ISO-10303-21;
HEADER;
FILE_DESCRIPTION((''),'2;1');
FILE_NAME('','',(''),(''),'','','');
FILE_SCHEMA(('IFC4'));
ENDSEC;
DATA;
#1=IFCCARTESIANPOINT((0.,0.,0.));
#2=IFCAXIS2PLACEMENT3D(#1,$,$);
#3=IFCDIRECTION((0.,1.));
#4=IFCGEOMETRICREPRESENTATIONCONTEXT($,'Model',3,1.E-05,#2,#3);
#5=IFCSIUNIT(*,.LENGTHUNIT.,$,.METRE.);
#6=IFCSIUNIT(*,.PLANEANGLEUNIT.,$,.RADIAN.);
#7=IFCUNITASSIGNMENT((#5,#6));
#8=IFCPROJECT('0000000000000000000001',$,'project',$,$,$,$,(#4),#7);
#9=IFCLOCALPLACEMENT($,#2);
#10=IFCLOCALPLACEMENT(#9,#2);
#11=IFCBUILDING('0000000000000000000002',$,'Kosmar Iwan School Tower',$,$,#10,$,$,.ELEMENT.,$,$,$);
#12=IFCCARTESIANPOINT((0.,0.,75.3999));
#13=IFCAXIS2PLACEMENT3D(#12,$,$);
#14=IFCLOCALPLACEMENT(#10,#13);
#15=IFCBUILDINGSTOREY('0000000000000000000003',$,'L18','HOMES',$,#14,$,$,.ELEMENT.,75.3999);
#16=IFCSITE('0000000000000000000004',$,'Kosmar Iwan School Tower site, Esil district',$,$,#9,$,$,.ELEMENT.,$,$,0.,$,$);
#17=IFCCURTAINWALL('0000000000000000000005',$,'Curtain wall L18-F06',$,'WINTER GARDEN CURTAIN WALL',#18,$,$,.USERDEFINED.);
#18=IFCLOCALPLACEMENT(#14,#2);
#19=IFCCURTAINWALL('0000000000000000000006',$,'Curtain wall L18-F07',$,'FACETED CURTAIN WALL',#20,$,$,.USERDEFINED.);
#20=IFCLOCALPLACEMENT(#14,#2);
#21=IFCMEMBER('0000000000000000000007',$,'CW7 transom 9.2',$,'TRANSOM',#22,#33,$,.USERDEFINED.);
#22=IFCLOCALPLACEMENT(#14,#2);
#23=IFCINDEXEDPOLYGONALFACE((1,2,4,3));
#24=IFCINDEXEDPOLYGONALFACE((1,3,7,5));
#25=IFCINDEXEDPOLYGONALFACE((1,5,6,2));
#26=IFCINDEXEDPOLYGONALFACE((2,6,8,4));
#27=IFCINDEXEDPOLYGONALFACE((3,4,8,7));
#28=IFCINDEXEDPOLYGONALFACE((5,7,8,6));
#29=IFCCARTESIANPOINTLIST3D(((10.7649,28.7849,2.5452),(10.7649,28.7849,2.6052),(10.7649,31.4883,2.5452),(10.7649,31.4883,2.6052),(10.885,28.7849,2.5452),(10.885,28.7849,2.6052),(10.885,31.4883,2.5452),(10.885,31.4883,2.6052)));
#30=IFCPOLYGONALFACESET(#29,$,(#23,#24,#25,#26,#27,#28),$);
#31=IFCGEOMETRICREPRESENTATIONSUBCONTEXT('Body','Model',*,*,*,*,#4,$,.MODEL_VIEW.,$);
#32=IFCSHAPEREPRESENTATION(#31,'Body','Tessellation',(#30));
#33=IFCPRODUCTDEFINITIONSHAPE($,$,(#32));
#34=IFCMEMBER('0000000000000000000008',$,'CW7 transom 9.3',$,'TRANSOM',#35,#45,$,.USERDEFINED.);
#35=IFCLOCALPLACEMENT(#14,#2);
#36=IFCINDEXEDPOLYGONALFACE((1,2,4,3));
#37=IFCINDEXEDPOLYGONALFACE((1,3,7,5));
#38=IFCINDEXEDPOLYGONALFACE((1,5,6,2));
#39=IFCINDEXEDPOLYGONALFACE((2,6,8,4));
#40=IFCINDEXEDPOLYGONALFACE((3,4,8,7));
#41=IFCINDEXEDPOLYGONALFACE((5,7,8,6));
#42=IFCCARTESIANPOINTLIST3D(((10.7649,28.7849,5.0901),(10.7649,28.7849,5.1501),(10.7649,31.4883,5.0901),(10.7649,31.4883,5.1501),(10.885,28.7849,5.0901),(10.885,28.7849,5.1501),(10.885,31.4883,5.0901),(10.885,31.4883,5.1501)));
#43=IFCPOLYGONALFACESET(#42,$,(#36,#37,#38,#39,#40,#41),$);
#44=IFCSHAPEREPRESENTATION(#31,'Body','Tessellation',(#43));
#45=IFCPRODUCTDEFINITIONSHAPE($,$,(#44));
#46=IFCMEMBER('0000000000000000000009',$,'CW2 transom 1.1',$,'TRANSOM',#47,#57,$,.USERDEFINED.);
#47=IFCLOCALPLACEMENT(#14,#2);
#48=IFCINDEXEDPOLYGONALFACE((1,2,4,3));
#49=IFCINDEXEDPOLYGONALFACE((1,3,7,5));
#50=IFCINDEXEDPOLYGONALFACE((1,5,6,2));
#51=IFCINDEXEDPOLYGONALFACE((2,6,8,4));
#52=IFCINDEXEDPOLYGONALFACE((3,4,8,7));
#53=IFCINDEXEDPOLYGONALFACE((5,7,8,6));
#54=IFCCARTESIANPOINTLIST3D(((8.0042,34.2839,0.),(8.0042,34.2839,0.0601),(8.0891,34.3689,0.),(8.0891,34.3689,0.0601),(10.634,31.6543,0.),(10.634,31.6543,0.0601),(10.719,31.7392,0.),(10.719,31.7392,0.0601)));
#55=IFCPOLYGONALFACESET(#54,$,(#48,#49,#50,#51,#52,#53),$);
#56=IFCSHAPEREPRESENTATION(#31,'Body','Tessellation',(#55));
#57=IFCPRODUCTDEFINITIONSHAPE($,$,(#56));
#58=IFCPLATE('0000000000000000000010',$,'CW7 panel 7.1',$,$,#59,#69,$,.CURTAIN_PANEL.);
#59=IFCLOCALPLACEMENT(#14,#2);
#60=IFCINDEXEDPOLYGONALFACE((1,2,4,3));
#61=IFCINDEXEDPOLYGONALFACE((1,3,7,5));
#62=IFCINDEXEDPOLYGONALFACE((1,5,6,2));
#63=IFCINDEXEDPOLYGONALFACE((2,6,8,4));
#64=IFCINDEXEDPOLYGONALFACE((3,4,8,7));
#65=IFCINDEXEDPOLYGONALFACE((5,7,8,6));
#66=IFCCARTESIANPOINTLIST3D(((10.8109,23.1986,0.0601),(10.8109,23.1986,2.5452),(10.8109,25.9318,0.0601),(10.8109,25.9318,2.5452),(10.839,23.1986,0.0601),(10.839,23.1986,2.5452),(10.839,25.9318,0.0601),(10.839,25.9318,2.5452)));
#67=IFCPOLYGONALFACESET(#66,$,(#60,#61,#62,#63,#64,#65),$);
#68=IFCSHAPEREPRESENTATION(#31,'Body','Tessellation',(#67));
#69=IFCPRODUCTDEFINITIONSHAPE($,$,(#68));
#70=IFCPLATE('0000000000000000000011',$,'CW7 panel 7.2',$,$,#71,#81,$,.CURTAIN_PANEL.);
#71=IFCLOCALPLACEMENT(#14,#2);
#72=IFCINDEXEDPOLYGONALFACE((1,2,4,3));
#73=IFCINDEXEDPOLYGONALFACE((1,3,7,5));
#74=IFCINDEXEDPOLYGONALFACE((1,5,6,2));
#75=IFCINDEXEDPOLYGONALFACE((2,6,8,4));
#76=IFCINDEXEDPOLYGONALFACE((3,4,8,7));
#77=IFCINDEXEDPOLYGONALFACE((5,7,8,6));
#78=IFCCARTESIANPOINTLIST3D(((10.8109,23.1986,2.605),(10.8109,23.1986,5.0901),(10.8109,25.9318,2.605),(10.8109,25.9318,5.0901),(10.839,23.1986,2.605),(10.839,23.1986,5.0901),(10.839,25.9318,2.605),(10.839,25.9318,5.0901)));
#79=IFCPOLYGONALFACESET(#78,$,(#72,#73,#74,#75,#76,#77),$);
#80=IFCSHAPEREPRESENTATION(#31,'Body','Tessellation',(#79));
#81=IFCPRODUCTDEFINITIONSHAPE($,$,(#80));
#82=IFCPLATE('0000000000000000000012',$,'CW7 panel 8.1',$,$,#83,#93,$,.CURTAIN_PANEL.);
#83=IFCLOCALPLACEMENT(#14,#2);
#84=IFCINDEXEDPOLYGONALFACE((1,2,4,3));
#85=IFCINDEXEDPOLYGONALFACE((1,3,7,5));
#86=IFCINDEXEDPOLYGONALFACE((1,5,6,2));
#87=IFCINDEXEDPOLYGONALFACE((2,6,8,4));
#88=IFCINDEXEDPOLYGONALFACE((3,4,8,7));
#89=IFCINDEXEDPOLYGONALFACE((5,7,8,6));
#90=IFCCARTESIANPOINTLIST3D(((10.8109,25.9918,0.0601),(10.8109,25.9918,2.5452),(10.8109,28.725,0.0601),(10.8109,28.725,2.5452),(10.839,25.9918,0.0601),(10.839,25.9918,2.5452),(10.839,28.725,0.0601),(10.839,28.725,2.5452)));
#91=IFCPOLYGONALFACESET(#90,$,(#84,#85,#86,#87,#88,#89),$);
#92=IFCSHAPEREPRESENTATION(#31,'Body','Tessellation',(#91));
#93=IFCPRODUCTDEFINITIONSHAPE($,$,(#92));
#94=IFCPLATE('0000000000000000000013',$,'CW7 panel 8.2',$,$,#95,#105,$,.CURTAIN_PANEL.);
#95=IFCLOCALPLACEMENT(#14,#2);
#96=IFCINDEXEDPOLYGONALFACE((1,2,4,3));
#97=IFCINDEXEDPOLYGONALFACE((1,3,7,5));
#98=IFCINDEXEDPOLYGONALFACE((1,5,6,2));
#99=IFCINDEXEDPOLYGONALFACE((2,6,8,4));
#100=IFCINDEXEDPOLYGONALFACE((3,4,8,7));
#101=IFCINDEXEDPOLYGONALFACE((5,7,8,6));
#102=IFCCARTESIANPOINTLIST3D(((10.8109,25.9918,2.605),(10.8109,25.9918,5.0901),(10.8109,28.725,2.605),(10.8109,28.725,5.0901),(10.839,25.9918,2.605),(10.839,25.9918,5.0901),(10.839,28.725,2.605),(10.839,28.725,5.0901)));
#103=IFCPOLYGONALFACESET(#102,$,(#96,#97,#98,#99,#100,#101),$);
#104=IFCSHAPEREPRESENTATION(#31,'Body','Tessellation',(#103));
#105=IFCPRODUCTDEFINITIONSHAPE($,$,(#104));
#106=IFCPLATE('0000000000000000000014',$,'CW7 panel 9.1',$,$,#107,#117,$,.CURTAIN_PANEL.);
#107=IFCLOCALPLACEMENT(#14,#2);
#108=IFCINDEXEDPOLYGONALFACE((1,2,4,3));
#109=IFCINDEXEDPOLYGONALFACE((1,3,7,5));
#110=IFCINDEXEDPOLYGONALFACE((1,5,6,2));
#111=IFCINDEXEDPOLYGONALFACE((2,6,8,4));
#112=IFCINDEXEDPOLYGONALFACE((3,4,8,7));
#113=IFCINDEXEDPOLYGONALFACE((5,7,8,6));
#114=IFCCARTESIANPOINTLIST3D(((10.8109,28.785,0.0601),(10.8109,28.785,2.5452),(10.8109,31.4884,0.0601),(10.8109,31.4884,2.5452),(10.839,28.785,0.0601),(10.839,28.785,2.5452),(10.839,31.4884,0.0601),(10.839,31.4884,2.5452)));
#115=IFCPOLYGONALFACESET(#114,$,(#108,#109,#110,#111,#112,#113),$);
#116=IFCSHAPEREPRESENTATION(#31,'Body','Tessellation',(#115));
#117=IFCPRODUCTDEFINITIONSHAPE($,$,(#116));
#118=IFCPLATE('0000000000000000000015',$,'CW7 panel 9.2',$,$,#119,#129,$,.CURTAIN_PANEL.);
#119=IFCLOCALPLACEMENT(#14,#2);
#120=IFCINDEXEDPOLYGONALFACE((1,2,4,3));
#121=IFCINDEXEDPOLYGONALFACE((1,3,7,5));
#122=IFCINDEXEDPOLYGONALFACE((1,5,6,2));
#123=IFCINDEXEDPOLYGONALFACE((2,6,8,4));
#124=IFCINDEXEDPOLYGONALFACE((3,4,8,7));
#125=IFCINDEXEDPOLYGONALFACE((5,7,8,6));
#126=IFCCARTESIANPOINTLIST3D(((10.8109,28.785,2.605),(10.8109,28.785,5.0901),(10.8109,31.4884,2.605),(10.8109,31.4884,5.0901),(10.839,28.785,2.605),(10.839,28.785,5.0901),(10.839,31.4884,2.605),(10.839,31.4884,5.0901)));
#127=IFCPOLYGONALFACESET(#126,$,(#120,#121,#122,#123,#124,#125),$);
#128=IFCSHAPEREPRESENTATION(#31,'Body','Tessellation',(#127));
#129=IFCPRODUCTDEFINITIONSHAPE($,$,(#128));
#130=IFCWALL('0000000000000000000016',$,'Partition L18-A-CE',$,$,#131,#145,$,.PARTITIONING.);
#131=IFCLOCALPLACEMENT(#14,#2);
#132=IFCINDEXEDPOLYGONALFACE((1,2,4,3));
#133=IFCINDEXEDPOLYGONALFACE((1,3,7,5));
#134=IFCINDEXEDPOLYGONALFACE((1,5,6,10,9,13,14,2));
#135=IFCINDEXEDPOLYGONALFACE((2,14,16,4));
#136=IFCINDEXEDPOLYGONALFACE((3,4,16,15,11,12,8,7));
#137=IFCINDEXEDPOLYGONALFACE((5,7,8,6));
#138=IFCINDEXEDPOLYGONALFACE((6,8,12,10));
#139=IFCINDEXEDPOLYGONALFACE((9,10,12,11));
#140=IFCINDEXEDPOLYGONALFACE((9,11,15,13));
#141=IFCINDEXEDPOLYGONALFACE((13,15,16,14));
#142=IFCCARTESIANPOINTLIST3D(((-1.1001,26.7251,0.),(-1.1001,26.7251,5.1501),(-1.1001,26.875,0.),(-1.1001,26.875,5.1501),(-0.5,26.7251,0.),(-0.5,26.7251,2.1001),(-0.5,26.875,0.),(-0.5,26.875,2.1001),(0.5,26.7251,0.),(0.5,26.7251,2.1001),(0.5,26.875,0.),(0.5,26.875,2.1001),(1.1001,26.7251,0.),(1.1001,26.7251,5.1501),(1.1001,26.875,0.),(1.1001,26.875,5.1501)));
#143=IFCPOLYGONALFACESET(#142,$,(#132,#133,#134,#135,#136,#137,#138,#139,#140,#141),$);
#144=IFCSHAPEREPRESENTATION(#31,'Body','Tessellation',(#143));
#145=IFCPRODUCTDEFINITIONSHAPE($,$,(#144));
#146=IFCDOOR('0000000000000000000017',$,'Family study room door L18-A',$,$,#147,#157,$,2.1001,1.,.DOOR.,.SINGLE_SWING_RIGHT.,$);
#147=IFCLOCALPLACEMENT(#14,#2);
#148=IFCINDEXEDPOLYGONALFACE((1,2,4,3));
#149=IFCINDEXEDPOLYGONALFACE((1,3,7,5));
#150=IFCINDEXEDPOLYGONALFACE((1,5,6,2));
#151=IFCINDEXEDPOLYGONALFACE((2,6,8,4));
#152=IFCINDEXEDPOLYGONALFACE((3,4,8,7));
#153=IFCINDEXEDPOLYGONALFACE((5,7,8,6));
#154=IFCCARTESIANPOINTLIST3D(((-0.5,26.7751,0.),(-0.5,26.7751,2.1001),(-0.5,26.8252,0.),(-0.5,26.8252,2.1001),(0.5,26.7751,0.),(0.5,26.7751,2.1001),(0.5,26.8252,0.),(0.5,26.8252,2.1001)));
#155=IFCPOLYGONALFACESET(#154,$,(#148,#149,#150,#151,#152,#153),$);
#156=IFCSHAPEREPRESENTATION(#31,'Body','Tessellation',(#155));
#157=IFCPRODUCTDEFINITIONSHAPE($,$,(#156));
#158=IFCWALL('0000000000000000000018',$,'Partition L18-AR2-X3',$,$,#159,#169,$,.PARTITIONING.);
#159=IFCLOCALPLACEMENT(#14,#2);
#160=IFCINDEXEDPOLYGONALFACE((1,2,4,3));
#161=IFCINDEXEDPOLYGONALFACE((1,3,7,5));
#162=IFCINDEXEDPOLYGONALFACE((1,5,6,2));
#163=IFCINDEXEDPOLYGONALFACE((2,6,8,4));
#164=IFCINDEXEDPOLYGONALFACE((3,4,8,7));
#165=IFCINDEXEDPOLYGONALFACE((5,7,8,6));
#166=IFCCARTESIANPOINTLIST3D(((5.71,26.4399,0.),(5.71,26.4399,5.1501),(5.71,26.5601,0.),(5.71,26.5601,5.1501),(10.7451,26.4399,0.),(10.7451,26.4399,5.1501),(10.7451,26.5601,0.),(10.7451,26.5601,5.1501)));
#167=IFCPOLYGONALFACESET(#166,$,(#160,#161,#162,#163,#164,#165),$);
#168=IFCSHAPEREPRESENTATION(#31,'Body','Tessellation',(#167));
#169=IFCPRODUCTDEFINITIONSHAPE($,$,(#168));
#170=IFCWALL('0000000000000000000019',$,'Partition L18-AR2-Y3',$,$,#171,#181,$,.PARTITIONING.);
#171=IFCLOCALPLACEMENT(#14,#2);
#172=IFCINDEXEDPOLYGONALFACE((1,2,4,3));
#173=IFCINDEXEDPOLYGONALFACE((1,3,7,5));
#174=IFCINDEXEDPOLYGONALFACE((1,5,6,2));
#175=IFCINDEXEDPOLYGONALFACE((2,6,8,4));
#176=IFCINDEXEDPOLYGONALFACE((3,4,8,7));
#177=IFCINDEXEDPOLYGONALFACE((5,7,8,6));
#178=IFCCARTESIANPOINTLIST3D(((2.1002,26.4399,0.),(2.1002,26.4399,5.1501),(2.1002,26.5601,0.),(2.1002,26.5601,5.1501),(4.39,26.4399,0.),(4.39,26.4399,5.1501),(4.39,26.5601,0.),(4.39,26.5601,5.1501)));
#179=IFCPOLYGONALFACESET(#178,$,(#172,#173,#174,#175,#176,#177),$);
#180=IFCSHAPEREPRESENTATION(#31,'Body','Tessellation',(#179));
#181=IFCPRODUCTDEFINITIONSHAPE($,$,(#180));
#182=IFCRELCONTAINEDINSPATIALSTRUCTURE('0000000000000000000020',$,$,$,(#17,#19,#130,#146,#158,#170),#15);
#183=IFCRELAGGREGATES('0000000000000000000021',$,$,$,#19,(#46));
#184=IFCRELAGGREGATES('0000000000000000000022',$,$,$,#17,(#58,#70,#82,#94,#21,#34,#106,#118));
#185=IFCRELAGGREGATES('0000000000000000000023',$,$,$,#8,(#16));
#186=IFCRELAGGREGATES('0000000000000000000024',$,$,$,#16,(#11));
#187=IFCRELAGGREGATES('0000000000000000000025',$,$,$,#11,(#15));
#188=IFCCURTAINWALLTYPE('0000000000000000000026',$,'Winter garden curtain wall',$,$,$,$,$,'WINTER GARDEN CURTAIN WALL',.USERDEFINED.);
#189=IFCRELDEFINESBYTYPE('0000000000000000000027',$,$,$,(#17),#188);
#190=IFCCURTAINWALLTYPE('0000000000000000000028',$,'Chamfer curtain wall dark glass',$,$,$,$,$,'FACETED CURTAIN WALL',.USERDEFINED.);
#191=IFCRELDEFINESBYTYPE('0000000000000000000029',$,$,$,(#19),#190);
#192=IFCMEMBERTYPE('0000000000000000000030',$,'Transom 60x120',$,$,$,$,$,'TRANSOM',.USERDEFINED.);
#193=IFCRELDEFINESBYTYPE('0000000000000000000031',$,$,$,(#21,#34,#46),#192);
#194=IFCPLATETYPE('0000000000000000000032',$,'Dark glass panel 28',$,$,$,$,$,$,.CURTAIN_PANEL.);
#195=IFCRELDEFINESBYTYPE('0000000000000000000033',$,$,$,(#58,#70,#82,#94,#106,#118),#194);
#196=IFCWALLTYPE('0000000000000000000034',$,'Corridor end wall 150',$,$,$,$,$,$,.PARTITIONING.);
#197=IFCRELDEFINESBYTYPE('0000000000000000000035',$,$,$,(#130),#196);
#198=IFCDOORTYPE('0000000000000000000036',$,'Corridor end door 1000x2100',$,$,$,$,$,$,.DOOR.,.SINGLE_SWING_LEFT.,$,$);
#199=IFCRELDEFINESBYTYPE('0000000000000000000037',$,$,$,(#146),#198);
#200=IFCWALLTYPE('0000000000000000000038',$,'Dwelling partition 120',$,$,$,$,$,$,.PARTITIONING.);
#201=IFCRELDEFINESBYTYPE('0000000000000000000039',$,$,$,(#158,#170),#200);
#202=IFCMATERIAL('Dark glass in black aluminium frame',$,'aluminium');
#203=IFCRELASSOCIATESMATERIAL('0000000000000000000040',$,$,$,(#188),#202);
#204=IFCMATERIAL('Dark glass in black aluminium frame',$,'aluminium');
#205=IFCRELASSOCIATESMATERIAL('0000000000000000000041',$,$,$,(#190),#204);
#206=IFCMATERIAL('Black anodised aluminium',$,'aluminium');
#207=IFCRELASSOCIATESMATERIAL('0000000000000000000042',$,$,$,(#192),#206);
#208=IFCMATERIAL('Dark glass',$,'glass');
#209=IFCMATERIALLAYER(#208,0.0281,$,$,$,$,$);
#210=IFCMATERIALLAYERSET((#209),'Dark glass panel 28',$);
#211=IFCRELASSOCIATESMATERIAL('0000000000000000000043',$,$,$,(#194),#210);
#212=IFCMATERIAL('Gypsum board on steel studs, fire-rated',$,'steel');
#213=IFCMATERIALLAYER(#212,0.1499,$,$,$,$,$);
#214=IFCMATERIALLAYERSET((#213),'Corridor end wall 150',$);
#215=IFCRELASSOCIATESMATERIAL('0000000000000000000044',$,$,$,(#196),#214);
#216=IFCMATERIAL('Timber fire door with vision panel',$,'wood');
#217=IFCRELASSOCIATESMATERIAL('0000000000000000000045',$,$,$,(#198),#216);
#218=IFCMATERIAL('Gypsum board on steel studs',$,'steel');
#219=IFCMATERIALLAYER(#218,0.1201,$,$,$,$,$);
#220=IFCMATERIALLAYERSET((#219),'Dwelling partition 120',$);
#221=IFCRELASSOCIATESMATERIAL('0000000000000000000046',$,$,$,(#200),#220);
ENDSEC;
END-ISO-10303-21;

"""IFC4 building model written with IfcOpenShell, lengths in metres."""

from ifc_helpers import new_model, si_unit, direction, frame, frame_2d, origin, origin_2d, place, context, subcontext, project, spatial, rectangle, extrude, material, layer, layer_set, material_profile, profile_set, type_object, element, fill, aggregate, save


model = new_model("IFC4")

# Units and contexts
model_context = context("Model", 3, precision=1e-05, world=origin(), true_north=direction((0.0, 1.0)))
body_context = subcontext(model_context, "Body", "Model", "MODEL_VIEW")
ifc_project = project(units=[si_unit("LENGTHUNIT", "METRE"), si_unit("PLANEANGLEUNIT", "RADIAN")], contexts=[model_context])

# Site, building, storey
site_placement = place(None, origin())
site = spatial("IfcSite", under=ifc_project, at=site_placement, Name="Kosmar Iwan School Tower site, Esil district", CompositionType="ELEMENT", RefElevation=0.0)
building_placement = place(site_placement, origin())
building = spatial("IfcBuilding", under=site, at=building_placement, Name="Kosmar Iwan School Tower", CompositionType="ELEMENT")
storey_placement = place(building_placement, frame((0.0, 0.0, 75.3999)))
storey = spatial("IfcBuildingStorey", under=building, at=storey_placement, Name="L18", Description="HOMES", CompositionType="ELEMENT", Elevation=75.3999)

# Curtain wall
ifc_material_1 = material(Name="Dark glass in black aluminium frame", Category="aluminium")
curtain_wall_type_1 = type_object("IfcCurtainWallType", Name="Winter garden curtain wall", ElementType="WINTER GARDEN CURTAIN WALL", PredefinedType="USERDEFINED", material=ifc_material_1)
curtain_wall_1_placement = place(storey_placement, origin())
curtain_wall_1 = element("IfcCurtainWall", 1, at=curtain_wall_1_placement, inside=storey, type_object=curtain_wall_type_1, Name="Curtain wall L18-F06", ObjectType="WINTER GARDEN CURTAIN WALL", PredefinedType="USERDEFINED")

# Curtain wall
ifc_material_2 = material(Name="Dark glass in black aluminium frame", Category="aluminium")
curtain_wall_type_2 = type_object("IfcCurtainWallType", Name="Chamfer curtain wall dark glass", ElementType="FACETED CURTAIN WALL", PredefinedType="USERDEFINED", material=ifc_material_2)
curtain_wall_2_placement = place(storey_placement, origin())
curtain_wall_2 = element("IfcCurtainWall", 2, at=curtain_wall_2_placement, inside=storey, type_object=curtain_wall_type_2, Name="Curtain wall L18-F07", ObjectType="FACETED CURTAIN WALL", PredefinedType="USERDEFINED")

# Members
ifc_material_3 = material(Name="Black anodised aluminium", Category="aluminium")
ifc_material_profile_1 = material_profile(ifc_material_3, rectangle(XDim=0.1201, YDim=0.0601, at=origin_2d()), Name="TRANSOM 60x120")
ifc_profile_set_1 = profile_set([ifc_material_profile_1], Name="Black anodised aluminium")
member_type_1 = type_object("IfcMemberType", Name="Transom 60x120", ElementType="TRANSOM", PredefinedType="USERDEFINED", material=ifc_profile_set_1)
member_1_placement = place(storey_placement, frame((10.825, 28.7849, 2.5752), z_axis=(0.0, 1.0, 0.0), x_axis=(-1.0, 0.0, 0.0)))
member_1 = element("IfcMember", 3, at=member_1_placement, type_object=member_type_1, Name="CW7 transom 9.2", ObjectType="TRANSOM", PredefinedType="USERDEFINED", context=body_context, shape_type="SweptSolid", body=[
    extrude(rectangle(XDim=0.1201, YDim=0.0601, at=origin_2d()), origin(), (0.0, 0.0, 1.0), 2.7034),
])
member_2_placement = place(storey_placement, frame((10.825, 28.7849, 5.1201), z_axis=(0.0, 1.0, 0.0), x_axis=(-1.0, 0.0, 0.0)))
member_2 = element("IfcMember", 4, at=member_2_placement, type_object=member_type_1, Name="CW7 transom 9.3", ObjectType="TRANSOM", PredefinedType="USERDEFINED", context=body_context, shape_type="SweptSolid", body=[
    extrude(rectangle(XDim=0.1201, YDim=0.0601, at=origin_2d()), origin(), (0.0, 0.0, 1.0), 2.7034),
])
member_3_placement = place(storey_placement, frame((10.6765, 31.6968, 0.03), z_axis=(-0.70714, 0.707074, 0.0), x_axis=(-0.707074, -0.70714, 0.0)))
member_3 = element("IfcMember", 5, at=member_3_placement, type_object=member_type_1, Name="CW2 transom 1.1", ObjectType="TRANSOM", PredefinedType="USERDEFINED", context=body_context, shape_type="SweptSolid", body=[
    extrude(rectangle(XDim=0.1201, YDim=0.0601, at=origin_2d()), origin(), (0.0, 0.0, 1.0), 3.719),
])
aggregate(curtain_wall_2, [member_3])

# Plates
ifc_material_4 = material(Name="Dark glass", Category="glass")
ifc_layer_1 = layer(ifc_material_4, 0.0281)
ifc_layer_set_1 = layer_set([ifc_layer_1], Name="Dark glass panel 28")
plate_type = type_object("IfcPlateType", Name="Dark glass panel 28", PredefinedType="CURTAIN_PANEL", material=ifc_layer_set_1)
plate_1_placement = place(storey_placement, frame((10.825, 24.5652, 0.0601), z_axis=(0.0, 0.0, 1.0), x_axis=(0.0, 1.0, 0.0)))
plate_1 = element("IfcPlate", 6, at=plate_1_placement, type_object=plate_type, Name="CW7 panel 7.1", PredefinedType="CURTAIN_PANEL", context=body_context, shape_type="SweptSolid", body=[
    extrude(rectangle(XDim=2.7332, YDim=0.0281, at=origin_2d()), origin(), (0.0, 0.0, 1.0), 2.4851),
])
plate_2_placement = place(storey_placement, frame((10.825, 24.5652, 2.605), z_axis=(0.0, 0.0, 1.0), x_axis=(0.0, 1.0, 0.0)))
plate_2 = element("IfcPlate", 7, at=plate_2_placement, type_object=plate_type, Name="CW7 panel 7.2", PredefinedType="CURTAIN_PANEL", context=body_context, shape_type="SweptSolid", body=[
    extrude(rectangle(XDim=2.7332, YDim=0.0281, at=origin_2d()), origin(), (0.0, 0.0, 1.0), 2.4851),
])
plate_3_placement = place(storey_placement, frame((10.825, 27.3584, 0.0601), z_axis=(0.0, 0.0, 1.0), x_axis=(0.0, 1.0, 0.0)))
plate_3 = element("IfcPlate", 8, at=plate_3_placement, type_object=plate_type, Name="CW7 panel 8.1", PredefinedType="CURTAIN_PANEL", context=body_context, shape_type="SweptSolid", body=[
    extrude(rectangle(XDim=2.7332, YDim=0.0281, at=origin_2d()), origin(), (0.0, 0.0, 1.0), 2.4851),
])
plate_4_placement = place(storey_placement, frame((10.825, 27.3584, 2.605), z_axis=(0.0, 0.0, 1.0), x_axis=(0.0, 1.0, 0.0)))
plate_4 = element("IfcPlate", 9, at=plate_4_placement, type_object=plate_type, Name="CW7 panel 8.2", PredefinedType="CURTAIN_PANEL", context=body_context, shape_type="SweptSolid", body=[
    extrude(rectangle(XDim=2.7332, YDim=0.0281, at=origin_2d()), origin(), (0.0, 0.0, 1.0), 2.4851),
])
plate_5_placement = place(storey_placement, frame((10.825, 30.1367, 0.0601), z_axis=(0.0, 0.0, 1.0), x_axis=(0.0, 1.0, 0.0)))
plate_5 = element("IfcPlate", 10, at=plate_5_placement, type_object=plate_type, Name="CW7 panel 9.1", PredefinedType="CURTAIN_PANEL", context=body_context, shape_type="SweptSolid", body=[
    extrude(rectangle(XDim=2.7034, YDim=0.0281, at=origin_2d()), origin(), (0.0, 0.0, 1.0), 2.4851),
])
plate_6_placement = place(storey_placement, frame((10.825, 30.1367, 2.605), z_axis=(0.0, 0.0, 1.0), x_axis=(0.0, 1.0, 0.0)))
plate_6 = element("IfcPlate", 11, at=plate_6_placement, type_object=plate_type, Name="CW7 panel 9.2", PredefinedType="CURTAIN_PANEL", context=body_context, shape_type="SweptSolid", body=[
    extrude(rectangle(XDim=2.7034, YDim=0.0281, at=origin_2d()), origin(), (0.0, 0.0, 1.0), 2.4851),
])
aggregate(curtain_wall_1, [plate_1, plate_2, plate_3, plate_4, member_1, member_2, plate_5, plate_6])

# Wall, opening, door
ifc_material_5 = material(Name="Gypsum board on steel studs, fire-rated", Category="steel")
ifc_layer_2 = layer(ifc_material_5, 0.1499)
ifc_layer_set_2 = layer_set([ifc_layer_2], Name="Corridor end wall 150")
wall_type_1 = type_object("IfcWallType", Name="Corridor end wall 150", PredefinedType="PARTITIONING", material=ifc_layer_set_2)
wall_1_placement = place(storey_placement, frame((1.1001, 26.8, 0.0), z_axis=(0.0, 0.0, 1.0), x_axis=(-1.0, 0.0, 0.0)))
wall_1 = element("IfcWall", 12, at=wall_1_placement, inside=storey, type_object=wall_type_1, Name="Partition L18-A-CE", PredefinedType="PARTITIONING", context=body_context, shape_type="SweptSolid", body=[
    extrude(rectangle(XDim=2.2002, YDim=0.1499, at=frame_2d((1.1001, 0.0))), origin(), (0.0, 0.0, 1.0), 5.1501),
])
opening_placement = place(wall_1_placement, frame((0.6001, 0.0, 0.0)))
opening = element("IfcOpeningElement", 13, at=opening_placement, cuts=wall_1, PredefinedType="OPENING", context=body_context, shape_type="SweptSolid", body=[
    extrude(rectangle(XDim=1.0, YDim=2.1001, at=frame_2d((0.5, 1.05))), frame((0.0, 0.0869, 0.0), z_axis=(0.0, -1.0, 0.0), x_axis=(1.0, 0.0, 0.0)), (0.0, 0.0, 1.0), 0.1738),
])
ifc_material_6 = material(Name="Timber fire door with vision panel", Category="wood")
door_type = type_object("IfcDoorType", Name="Corridor end door 1000x2100", OperationType="SINGLE_SWING_LEFT", PredefinedType="DOOR", material=ifc_material_6)
door_placement = place(opening_placement, origin())
door = element("IfcDoor", 14, at=door_placement, inside=storey, type_object=door_type, Name="Family study room door L18-A", OperationType="SINGLE_SWING_RIGHT", OverallHeight=2.1001, OverallWidth=1.0, PredefinedType="DOOR", context=body_context, shape_type="SweptSolid", body=[
    extrude(rectangle(XDim=1.0, YDim=2.1001, at=frame_2d((0.5, 1.05))), frame((0.0, 0.0249, 0.0), z_axis=(0.0, -1.0, 0.0), x_axis=(1.0, 0.0, 0.0)), (0.0, 0.0, 1.0), 0.05),
])
fill(opening, door)

# Walls
ifc_material_7 = material(Name="Gypsum board on steel studs", Category="steel")
ifc_layer_3 = layer(ifc_material_7, 0.1201)
ifc_layer_set_3 = layer_set([ifc_layer_3], Name="Dwelling partition 120")
wall_type_2 = type_object("IfcWallType", Name="Dwelling partition 120", PredefinedType="PARTITIONING", material=ifc_layer_set_3)
wall_2_placement = place(storey_placement, frame((5.71, 26.5, 0.0), z_axis=(0.0, 0.0, 1.0), x_axis=(1.0, 0.0, 0.0)))
element("IfcWall", 15, at=wall_2_placement, inside=storey, type_object=wall_type_2, Name="Partition L18-AR2-X3", PredefinedType="PARTITIONING", context=body_context, shape_type="SweptSolid", body=[
    extrude(rectangle(XDim=5.0352, YDim=0.1201, at=frame_2d((2.5176, 0.0))), origin(), (0.0, 0.0, 1.0), 5.1501),
])
wall_3_placement = place(storey_placement, frame((2.1001, 26.5, 0.0), z_axis=(0.0, 0.0, 1.0), x_axis=(1.0, 0.0, 0.0)))
element("IfcWall", 16, at=wall_3_placement, inside=storey, type_object=wall_type_2, Name="Partition L18-AR2-Y3", PredefinedType="PARTITIONING", context=body_context, shape_type="SweptSolid", body=[
    extrude(rectangle(XDim=2.2898, YDim=0.1201, at=frame_2d((1.145, 0.0))), origin(), (0.0, 0.0, 1.0), 5.1501),
])

save(model, "model.ifc")
